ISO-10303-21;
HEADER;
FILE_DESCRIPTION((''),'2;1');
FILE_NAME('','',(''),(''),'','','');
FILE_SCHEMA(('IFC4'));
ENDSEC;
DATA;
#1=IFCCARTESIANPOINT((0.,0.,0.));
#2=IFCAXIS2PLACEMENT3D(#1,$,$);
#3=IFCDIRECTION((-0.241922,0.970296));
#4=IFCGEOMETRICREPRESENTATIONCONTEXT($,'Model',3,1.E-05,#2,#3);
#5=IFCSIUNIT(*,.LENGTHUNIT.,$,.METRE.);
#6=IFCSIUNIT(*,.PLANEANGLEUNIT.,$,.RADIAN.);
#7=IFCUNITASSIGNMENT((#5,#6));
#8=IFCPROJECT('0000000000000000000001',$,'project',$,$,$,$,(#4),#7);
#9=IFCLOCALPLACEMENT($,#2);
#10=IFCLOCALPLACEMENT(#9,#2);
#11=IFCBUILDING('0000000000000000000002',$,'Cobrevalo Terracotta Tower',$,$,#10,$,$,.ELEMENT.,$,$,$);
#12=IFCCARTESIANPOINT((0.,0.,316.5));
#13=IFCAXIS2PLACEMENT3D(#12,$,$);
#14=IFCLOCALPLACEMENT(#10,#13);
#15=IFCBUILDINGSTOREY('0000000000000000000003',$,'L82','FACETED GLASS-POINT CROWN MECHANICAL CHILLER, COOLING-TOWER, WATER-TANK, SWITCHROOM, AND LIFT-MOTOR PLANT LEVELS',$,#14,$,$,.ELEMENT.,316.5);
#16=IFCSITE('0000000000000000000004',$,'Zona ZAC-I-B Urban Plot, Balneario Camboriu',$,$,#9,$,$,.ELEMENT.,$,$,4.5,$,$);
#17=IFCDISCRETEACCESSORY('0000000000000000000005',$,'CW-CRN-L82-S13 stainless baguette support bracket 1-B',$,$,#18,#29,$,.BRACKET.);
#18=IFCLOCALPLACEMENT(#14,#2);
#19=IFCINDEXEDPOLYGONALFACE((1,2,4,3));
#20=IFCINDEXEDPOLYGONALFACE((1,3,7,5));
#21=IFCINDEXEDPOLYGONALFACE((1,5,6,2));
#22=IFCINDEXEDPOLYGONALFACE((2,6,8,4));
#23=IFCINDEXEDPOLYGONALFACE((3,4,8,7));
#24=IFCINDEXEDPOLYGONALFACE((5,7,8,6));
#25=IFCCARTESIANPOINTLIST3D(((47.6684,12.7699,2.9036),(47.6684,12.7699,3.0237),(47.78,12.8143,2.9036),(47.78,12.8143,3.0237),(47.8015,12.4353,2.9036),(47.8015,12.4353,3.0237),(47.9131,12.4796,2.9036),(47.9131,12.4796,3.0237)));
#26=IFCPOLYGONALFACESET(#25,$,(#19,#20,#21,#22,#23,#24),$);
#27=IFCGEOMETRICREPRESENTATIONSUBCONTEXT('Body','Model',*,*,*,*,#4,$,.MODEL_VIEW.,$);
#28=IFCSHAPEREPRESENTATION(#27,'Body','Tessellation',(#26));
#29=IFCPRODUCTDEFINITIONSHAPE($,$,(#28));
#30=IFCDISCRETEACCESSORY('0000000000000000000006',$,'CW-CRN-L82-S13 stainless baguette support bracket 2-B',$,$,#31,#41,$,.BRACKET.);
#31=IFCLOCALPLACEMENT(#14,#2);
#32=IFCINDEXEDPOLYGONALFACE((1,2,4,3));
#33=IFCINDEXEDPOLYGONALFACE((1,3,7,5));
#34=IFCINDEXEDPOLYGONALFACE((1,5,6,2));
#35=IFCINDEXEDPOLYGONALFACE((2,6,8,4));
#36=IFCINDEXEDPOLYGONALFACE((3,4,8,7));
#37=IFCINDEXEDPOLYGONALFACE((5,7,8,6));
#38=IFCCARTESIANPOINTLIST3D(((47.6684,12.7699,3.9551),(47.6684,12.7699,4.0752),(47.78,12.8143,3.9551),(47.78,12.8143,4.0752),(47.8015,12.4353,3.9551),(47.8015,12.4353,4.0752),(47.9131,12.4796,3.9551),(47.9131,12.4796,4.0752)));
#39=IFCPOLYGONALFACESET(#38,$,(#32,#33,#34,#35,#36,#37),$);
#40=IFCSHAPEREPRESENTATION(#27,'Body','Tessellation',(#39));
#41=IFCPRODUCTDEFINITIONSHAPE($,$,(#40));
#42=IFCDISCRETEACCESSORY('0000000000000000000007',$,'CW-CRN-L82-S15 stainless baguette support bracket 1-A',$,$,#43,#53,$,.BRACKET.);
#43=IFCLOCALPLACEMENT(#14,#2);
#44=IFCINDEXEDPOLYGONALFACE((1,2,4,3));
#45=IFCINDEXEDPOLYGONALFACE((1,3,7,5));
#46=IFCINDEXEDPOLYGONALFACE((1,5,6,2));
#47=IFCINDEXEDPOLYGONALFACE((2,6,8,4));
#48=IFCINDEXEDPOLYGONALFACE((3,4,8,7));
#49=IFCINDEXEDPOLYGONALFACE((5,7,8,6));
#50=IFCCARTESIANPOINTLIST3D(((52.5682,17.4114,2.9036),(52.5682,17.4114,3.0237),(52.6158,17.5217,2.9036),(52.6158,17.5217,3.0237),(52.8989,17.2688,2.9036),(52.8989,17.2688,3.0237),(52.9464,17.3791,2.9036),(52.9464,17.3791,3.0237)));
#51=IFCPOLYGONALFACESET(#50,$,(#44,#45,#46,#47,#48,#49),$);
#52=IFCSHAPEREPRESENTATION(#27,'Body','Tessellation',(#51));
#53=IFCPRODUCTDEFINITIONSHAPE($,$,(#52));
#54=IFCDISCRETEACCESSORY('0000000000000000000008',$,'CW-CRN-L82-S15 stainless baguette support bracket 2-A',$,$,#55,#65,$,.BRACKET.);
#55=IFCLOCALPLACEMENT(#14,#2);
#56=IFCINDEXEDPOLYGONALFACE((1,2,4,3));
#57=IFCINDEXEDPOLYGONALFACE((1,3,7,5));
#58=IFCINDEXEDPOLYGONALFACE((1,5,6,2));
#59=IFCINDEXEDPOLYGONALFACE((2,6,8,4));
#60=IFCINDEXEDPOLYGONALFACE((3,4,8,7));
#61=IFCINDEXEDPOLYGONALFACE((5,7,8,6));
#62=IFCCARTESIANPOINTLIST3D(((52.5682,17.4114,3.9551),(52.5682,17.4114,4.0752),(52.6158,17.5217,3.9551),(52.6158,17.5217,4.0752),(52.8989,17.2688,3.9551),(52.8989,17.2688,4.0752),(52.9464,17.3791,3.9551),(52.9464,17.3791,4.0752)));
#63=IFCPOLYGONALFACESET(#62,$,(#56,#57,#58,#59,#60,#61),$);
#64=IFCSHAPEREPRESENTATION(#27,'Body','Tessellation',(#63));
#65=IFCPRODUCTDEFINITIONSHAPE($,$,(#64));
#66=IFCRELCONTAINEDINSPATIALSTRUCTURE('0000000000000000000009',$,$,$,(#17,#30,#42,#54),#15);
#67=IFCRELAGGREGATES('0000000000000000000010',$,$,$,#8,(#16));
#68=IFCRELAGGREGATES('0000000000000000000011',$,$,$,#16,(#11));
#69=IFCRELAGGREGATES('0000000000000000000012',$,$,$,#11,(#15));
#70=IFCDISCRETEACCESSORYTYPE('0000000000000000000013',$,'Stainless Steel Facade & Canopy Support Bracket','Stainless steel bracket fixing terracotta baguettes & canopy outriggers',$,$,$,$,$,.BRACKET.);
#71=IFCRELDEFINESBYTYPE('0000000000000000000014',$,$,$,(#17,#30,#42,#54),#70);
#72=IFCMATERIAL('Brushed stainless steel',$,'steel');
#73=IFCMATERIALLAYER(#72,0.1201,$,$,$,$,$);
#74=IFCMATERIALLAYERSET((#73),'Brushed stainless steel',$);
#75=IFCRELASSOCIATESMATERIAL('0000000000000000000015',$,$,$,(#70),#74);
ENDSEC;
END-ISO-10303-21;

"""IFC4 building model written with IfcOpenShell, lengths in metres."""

from ifc_helpers import new_model, si_unit, direction, frame, origin, origin_2d, place, context, subcontext, project, spatial, rectangle, extrude, source, transform, mapped, material, layer, layer_set, type_object, element, save


model = new_model("IFC4")

# Units and contexts
model_context = context("Model", 3, precision=1e-05, world=origin(), true_north=direction((-0.241922, 0.970296)))
body_context = subcontext(model_context, "Body", "Model", "MODEL_VIEW")
ifc_project = project(units=[si_unit("LENGTHUNIT", "METRE"), si_unit("PLANEANGLEUNIT", "RADIAN")], contexts=[model_context])

# Site, building, storey
site_placement = place(None, origin())
site = spatial("IfcSite", under=ifc_project, at=site_placement, Name="Zona ZAC-I-B Urban Plot, Balneario Camboriu", CompositionType="ELEMENT", RefElevation=4.5)
building_placement = place(site_placement, origin())
building = spatial("IfcBuilding", under=site, at=building_placement, Name="Cobrevalo Terracotta Tower", CompositionType="ELEMENT")
storey_placement = place(building_placement, frame((0.0, 0.0, 316.5)))
storey = spatial("IfcBuildingStorey", under=building, at=storey_placement, Name="L82", Description="FACETED GLASS-POINT CROWN MECHANICAL CHILLER, COOLING-TOWER, WATER-TANK, SWITCHROOM, AND LIFT-MOTOR PLANT LEVELS", CompositionType="ELEMENT", Elevation=316.5)

# Discrete accessories
ifc_material_1 = material(Name="Brushed stainless steel", Category="steel")
ifc_layer_1 = layer(ifc_material_1, 0.1201)
ifc_layer_set_1 = layer_set([ifc_layer_1], Name="Brushed stainless steel")
discrete_accessory_type = type_object("IfcDiscreteAccessoryType", Name="Stainless Steel Facade & Canopy Support Bracket", Description="Stainless steel bracket fixing terracotta baguettes & canopy outriggers", PredefinedType="BRACKET", material=ifc_layer_set_1)
shared_shape_1 = source(origin(), body_context, "Body", "SweptSolid", [
    extrude(rectangle(XDim=0.1201, YDim=0.3601, at=origin_2d()), origin(), (0.0, 0.0, 1.0), 0.1201),
])
for number, where, z_axis, x_axis, name in (
    (1, (47.7908, 12.6248, 2.9036), (0.0, 0.0, 1.0), (0.929191, 0.369601, 0.0), "CW-CRN-L82-S13 stainless baguette support bracket 1-B"),
    (2, (47.7908, 12.6248, 3.9551), (0.0, 0.0, 1.0), (0.929191, 0.369601, 0.0), "CW-CRN-L82-S13 stainless baguette support bracket 2-B"),
    (3, (52.7573, 17.3953, 2.9036), (0.0, 0.0, 1.0), (0.396066, 0.918222, 0.0), "CW-CRN-L82-S15 stainless baguette support bracket 1-A"),
    (4, (52.7573, 17.3953, 3.9551), (0.0, 0.0, 1.0), (0.396066, 0.918222, 0.0), "CW-CRN-L82-S15 stainless baguette support bracket 2-A"),
):
    element("IfcDiscreteAccessory", number, at=place(storey_placement, frame(where, z_axis=z_axis, x_axis=x_axis)), inside=storey, type_object=discrete_accessory_type, Name=name, PredefinedType="BRACKET", context=body_context, shape_type="MappedRepresentation", body=[
        mapped(shared_shape_1, transform((0.0, 0.0, 0.0), scale=1.0)),
    ])

save(model, "model.ifc")
